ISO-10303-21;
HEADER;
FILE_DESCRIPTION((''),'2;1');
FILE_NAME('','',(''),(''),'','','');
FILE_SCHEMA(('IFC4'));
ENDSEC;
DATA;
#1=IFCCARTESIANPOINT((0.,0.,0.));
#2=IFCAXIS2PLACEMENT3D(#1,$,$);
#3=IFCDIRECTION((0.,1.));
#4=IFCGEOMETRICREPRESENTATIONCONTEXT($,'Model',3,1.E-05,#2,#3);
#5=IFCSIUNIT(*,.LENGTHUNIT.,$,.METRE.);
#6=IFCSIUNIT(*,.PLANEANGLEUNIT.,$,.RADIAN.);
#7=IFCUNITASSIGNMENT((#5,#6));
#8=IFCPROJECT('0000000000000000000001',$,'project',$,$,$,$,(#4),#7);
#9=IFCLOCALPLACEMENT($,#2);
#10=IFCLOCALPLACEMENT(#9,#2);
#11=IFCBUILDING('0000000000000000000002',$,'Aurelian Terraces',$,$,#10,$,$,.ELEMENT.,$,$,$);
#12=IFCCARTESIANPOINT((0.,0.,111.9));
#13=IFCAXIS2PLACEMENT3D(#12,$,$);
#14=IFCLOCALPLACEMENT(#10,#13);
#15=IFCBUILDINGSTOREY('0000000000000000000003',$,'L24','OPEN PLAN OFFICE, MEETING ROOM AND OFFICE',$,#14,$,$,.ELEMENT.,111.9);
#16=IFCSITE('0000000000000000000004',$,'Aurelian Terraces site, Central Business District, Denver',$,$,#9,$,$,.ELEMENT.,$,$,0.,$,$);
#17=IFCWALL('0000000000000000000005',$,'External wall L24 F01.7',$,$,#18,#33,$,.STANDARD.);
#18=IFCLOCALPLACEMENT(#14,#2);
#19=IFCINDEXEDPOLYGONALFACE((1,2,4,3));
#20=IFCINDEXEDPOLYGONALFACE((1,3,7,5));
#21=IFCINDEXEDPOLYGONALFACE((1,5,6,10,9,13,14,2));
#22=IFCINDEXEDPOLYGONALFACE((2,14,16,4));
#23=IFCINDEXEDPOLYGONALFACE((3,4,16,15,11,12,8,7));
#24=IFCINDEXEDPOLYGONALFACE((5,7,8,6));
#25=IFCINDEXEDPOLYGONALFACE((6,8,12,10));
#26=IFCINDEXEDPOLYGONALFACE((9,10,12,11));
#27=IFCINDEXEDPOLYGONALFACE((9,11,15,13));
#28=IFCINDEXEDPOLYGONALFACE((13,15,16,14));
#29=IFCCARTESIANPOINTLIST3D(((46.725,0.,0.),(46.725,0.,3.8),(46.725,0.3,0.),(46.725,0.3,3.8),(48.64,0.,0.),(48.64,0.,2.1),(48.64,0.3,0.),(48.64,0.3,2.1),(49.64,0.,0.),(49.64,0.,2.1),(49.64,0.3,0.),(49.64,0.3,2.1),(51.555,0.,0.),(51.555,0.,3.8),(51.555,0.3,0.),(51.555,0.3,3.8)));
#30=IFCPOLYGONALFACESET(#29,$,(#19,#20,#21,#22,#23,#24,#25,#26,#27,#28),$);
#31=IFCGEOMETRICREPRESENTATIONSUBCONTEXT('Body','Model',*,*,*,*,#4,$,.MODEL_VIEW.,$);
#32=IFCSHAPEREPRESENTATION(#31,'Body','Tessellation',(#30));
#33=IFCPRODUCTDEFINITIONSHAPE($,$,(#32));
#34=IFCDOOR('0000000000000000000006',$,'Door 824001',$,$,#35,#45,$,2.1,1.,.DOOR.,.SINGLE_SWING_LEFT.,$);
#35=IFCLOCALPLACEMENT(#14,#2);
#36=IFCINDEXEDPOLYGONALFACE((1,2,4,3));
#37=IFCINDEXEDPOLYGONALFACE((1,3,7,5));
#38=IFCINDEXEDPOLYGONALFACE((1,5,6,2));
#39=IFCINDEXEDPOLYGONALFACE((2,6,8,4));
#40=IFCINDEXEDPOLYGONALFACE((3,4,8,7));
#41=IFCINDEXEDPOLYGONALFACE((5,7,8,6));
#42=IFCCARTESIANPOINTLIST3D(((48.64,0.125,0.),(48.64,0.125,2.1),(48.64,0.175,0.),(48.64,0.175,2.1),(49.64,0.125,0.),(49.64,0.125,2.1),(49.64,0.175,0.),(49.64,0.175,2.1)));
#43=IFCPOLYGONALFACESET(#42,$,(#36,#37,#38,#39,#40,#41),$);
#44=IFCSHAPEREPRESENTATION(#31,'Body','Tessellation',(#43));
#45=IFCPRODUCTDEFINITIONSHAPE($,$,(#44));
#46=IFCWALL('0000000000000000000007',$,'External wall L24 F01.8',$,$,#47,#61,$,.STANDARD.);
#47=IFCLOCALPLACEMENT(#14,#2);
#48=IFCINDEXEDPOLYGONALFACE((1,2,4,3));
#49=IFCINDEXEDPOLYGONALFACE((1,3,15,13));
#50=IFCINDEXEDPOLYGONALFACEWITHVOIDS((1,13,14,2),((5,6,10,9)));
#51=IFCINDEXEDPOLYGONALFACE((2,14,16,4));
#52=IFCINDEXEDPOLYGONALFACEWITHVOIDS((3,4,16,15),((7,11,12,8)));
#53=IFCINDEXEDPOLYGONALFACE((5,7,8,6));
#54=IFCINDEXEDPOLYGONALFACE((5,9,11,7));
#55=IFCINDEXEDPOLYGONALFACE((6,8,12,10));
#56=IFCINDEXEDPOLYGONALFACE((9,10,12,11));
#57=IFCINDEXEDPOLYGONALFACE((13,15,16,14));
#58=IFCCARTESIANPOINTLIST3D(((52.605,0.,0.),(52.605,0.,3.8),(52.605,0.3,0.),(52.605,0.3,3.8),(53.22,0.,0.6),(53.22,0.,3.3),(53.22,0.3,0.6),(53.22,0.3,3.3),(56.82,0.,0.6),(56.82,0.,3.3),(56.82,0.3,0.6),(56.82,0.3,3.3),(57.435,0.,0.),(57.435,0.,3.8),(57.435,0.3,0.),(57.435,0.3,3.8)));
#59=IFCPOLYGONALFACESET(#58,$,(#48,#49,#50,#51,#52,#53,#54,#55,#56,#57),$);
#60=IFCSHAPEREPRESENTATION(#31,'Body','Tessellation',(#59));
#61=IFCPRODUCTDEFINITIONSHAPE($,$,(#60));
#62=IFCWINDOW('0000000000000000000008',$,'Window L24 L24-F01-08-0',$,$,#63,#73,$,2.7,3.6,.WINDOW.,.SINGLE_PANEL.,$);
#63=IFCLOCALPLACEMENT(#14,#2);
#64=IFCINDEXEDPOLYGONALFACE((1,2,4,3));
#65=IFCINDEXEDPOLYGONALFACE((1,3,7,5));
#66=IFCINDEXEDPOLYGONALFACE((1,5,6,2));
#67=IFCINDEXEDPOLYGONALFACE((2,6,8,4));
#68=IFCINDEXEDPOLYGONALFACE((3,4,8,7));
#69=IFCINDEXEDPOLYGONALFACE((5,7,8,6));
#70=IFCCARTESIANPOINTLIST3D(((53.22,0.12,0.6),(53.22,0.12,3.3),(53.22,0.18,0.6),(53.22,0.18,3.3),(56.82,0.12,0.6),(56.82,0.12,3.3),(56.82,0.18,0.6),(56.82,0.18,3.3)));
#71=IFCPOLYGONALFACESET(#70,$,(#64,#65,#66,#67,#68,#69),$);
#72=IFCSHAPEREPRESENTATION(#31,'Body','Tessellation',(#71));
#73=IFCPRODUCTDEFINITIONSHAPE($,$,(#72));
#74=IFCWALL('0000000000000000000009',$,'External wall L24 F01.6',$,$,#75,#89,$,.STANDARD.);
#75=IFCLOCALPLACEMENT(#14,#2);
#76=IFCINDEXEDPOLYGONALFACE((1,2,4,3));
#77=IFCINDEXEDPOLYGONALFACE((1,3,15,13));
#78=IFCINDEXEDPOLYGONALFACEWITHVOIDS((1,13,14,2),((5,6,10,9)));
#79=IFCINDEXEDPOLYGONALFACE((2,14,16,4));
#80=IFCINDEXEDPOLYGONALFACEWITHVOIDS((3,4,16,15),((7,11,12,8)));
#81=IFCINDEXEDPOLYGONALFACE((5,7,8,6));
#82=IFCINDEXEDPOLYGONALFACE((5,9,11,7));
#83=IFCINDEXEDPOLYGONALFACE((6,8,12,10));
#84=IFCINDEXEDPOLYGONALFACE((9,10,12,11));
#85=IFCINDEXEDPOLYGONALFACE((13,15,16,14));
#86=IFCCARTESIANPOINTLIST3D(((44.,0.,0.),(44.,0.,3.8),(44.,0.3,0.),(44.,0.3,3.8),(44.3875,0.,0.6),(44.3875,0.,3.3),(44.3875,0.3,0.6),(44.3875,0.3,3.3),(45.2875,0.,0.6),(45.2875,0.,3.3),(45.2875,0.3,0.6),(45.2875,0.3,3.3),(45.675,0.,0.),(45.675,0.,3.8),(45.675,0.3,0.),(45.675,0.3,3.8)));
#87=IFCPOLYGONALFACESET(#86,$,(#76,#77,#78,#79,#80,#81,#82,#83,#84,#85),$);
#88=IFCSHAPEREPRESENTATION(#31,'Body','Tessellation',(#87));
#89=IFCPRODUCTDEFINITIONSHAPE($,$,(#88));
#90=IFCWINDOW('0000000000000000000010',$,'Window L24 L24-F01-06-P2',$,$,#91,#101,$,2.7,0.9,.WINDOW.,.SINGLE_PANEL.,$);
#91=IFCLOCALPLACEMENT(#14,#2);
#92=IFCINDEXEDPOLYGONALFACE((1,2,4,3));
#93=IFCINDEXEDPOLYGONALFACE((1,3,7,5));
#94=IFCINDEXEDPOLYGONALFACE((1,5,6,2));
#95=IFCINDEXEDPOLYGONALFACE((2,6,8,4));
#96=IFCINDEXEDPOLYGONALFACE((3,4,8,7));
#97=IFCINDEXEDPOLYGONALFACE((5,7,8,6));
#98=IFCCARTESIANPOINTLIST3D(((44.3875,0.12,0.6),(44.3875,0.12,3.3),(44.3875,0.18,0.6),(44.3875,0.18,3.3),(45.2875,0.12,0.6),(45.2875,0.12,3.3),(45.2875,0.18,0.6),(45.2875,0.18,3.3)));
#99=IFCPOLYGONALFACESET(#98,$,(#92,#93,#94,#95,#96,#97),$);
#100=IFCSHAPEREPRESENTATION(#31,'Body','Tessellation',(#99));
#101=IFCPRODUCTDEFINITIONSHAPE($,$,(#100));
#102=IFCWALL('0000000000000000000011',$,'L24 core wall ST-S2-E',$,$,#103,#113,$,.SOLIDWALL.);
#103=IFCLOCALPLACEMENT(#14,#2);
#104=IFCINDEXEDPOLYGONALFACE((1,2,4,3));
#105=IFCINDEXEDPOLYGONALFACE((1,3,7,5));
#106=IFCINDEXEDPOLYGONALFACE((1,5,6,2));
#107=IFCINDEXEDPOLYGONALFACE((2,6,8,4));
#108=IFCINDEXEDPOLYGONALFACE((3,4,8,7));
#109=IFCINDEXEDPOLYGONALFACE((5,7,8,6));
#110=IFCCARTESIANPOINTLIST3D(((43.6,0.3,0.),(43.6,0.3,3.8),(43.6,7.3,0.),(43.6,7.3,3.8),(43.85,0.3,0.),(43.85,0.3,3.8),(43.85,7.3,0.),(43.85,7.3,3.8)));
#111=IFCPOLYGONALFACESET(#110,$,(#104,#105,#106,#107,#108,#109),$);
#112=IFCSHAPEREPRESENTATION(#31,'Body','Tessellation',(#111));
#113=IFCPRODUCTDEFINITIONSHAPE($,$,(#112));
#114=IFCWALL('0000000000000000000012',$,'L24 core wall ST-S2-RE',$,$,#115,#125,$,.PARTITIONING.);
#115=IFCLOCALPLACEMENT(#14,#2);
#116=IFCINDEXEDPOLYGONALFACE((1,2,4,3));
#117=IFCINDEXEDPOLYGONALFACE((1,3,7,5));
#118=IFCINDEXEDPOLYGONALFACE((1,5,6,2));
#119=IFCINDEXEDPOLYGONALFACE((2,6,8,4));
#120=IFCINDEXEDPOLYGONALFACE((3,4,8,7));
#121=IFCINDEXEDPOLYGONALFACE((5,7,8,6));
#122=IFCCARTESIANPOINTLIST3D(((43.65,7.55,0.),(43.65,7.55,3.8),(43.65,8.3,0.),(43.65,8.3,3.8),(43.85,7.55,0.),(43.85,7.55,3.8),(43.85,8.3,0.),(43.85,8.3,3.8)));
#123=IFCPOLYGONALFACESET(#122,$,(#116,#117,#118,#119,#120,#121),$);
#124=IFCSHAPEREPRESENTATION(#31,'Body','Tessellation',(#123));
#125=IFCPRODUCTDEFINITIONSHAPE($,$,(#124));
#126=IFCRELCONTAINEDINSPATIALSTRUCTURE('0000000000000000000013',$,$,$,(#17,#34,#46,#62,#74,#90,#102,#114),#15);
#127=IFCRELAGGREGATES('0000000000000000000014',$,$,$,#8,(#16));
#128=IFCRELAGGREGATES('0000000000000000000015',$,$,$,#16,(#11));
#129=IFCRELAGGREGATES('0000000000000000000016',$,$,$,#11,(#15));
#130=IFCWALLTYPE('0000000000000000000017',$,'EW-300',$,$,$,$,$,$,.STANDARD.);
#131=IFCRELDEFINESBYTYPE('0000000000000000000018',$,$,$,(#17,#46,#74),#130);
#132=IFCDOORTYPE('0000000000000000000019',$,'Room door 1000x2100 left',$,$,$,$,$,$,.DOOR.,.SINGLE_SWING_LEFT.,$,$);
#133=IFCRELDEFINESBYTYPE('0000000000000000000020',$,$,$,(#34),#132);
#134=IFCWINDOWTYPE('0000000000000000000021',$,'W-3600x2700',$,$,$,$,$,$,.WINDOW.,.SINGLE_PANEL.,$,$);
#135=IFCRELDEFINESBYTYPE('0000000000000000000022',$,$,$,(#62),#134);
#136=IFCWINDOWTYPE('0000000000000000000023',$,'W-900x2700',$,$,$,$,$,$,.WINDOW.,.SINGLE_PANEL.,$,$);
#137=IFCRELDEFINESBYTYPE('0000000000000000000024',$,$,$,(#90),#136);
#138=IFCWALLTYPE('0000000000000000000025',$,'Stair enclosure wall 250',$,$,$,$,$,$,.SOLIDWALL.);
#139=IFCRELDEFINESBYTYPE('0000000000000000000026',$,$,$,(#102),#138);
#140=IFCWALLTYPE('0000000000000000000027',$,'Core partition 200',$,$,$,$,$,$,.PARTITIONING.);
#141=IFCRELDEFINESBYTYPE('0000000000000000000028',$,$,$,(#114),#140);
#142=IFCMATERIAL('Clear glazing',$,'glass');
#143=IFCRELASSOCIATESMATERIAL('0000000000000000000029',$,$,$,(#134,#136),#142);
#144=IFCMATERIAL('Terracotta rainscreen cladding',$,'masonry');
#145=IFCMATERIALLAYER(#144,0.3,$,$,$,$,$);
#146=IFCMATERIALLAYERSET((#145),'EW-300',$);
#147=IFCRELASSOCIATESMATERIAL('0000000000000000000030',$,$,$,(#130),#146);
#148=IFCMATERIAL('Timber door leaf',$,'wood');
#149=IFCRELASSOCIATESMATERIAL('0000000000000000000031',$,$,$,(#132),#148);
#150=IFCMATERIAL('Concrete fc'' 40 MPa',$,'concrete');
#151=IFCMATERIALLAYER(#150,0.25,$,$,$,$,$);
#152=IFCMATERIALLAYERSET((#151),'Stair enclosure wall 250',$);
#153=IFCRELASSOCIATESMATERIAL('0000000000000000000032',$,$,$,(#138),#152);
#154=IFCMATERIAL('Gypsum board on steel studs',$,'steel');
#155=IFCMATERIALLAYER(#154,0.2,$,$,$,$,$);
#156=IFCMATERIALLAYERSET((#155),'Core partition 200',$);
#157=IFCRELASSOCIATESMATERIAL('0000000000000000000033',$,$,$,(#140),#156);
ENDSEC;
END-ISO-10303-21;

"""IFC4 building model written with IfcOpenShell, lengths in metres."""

from ifc_helpers import new_model, si_unit, direction, frame, frame_2d, origin, place, context, subcontext, project, spatial, rectangle, extrude, source, transform, mapped, material, layer, layer_set, type_object, element, fill, save


model = new_model("IFC4")

# Units and contexts
model_context = context("Model", 3, precision=1e-05, world=origin(), true_north=direction((0.0, 1.0)))
body_context = subcontext(model_context, "Body", "Model", "MODEL_VIEW")
ifc_project = project(units=[si_unit("LENGTHUNIT", "METRE"), si_unit("PLANEANGLEUNIT", "RADIAN")], contexts=[model_context])

# Site, building, storey
site_placement = place(None, origin())
site = spatial("IfcSite", under=ifc_project, at=site_placement, Name="Aurelian Terraces site, Central Business District, Denver", CompositionType="ELEMENT", RefElevation=0.0)
building_placement = place(site_placement, origin())
building = spatial("IfcBuilding", under=site, at=building_placement, Name="Aurelian Terraces", CompositionType="ELEMENT")
storey_placement = place(building_placement, frame((0.0, 0.0, 111.9)))
storey = spatial("IfcBuildingStorey", under=building, at=storey_placement, Name="L24", Description="OPEN PLAN OFFICE, MEETING ROOM AND OFFICE", CompositionType="ELEMENT", Elevation=111.9)

# Shared definitions
ifc_material_1 = material(Name="Concrete fc' 40 MPa", Category="concrete")
ifc_material_2 = material(Name="Clear glazing", Category="glass")
shared_shape_1 = source(origin(), body_context, "Body", "SweptSolid", [
    extrude(rectangle(XDim=3.6, YDim=2.7, at=frame_2d((1.8, 1.35))), frame((0.0, 0.16, 0.0), z_axis=(0.0, -1.0, 0.0), x_axis=(1.0, 0.0, 0.0)), (0.0, 0.0, 1.0), 0.32),
])
window_type_1 = type_object("IfcWindowType", Name="W-3600x2700", PartitioningType="SINGLE_PANEL", PredefinedType="WINDOW", material=ifc_material_2)
shared_shape_2 = source(origin(), body_context, "Body", "SweptSolid", [
    extrude(rectangle(XDim=3.6, YDim=2.7, at=frame_2d((1.8, 1.35))), frame((0.0, 0.03, 0.0), z_axis=(0.0, -1.0, 0.0), x_axis=(1.0, 0.0, 0.0)), (0.0, 0.0, 1.0), 0.06),
])

# Wall, opening, door
ifc_material_3 = material(Name="Terracotta rainscreen cladding", Category="masonry")
ifc_layer_1 = layer(ifc_material_3, 0.3)
ifc_layer_set_1 = layer_set([ifc_layer_1], Name="EW-300")
wall_type_1 = type_object("IfcWallType", Name="EW-300", PredefinedType="STANDARD", material=ifc_layer_set_1)
shared_shape_3 = source(origin(), body_context, "Body", "SweptSolid", [
    extrude(rectangle(XDim=4.83, YDim=0.3, at=frame_2d((2.415, 0.0))), origin(), (0.0, 0.0, 1.0), 3.8),
])
wall_1_placement = place(storey_placement, frame((46.725, 0.15, 0.0), z_axis=(0.0, 0.0, 1.0), x_axis=(1.0, 0.0, 0.0)))
wall_1 = element("IfcWall", 1, at=wall_1_placement, inside=storey, type_object=wall_type_1, Name="External wall L24 F01.7", PredefinedType="STANDARD", context=body_context, shape_type="MappedRepresentation", body=[
    mapped(shared_shape_3, transform((0.0, 0.0, 0.0), scale=1.0)),
])
shared_shape_4 = source(origin(), body_context, "Body", "SweptSolid", [
    extrude(rectangle(XDim=1.0, YDim=2.1, at=frame_2d((0.5, 1.05))), frame((0.0, 0.16, 0.0), z_axis=(0.0, -1.0, 0.0), x_axis=(1.0, 0.0, 0.0)), (0.0, 0.0, 1.0), 0.32),
])
opening_1_placement = place(wall_1_placement, frame((1.915, 0.0, 0.0)))
opening_1 = element("IfcOpeningElement", 2, at=opening_1_placement, cuts=wall_1, PredefinedType="OPENING", context=body_context, shape_type="MappedRepresentation", body=[
    mapped(shared_shape_4, transform((0.0, 0.0, 0.0), scale=1.0)),
])
ifc_material_4 = material(Name="Timber door leaf", Category="wood")
door_type_1 = type_object("IfcDoorType", Name="Room door 1000x2100 left", OperationType="SINGLE_SWING_LEFT", PredefinedType="DOOR", material=ifc_material_4)
shared_shape_5 = source(origin(), body_context, "Body", "SweptSolid", [
    extrude(rectangle(XDim=1.0, YDim=2.1, at=frame_2d((0.5, 1.05))), frame((0.0, 0.025, 0.0), z_axis=(0.0, -1.0, 0.0), x_axis=(1.0, 0.0, 0.0)), (0.0, 0.0, 1.0), 0.05),
])
door_1_placement = place(opening_1_placement, origin())
door_1 = element("IfcDoor", 3, at=door_1_placement, inside=storey, type_object=door_type_1, Name="Door 824001", OperationType="SINGLE_SWING_LEFT", OverallHeight=2.1, OverallWidth=1.0, PredefinedType="DOOR", context=body_context, shape_type="MappedRepresentation", body=[
    mapped(shared_shape_5, transform((0.0, 0.0, 0.0), scale=1.0)),
])
fill(opening_1, door_1)

# Walls, openings, windows
wall_2_placement = place(storey_placement, frame((52.605, 0.15, 0.0), z_axis=(0.0, 0.0, 1.0), x_axis=(1.0, 0.0, 0.0)))
wall_2 = element("IfcWall", 4, at=wall_2_placement, inside=storey, type_object=wall_type_1, Name="External wall L24 F01.8", PredefinedType="STANDARD", context=body_context, shape_type="MappedRepresentation", body=[
    mapped(shared_shape_3, transform((0.0, 0.0, 0.0), scale=1.0)),
])
opening_2_placement = place(wall_2_placement, frame((0.615, 0.0, 0.6)))
opening_2 = element("IfcOpeningElement", 5, at=opening_2_placement, cuts=wall_2, PredefinedType="OPENING", context=body_context, shape_type="MappedRepresentation", body=[
    mapped(shared_shape_1, transform((0.0, 0.0, 0.0), scale=1.0)),
])
window_1_placement = place(opening_2_placement, origin())
window_1 = element("IfcWindow", 6, at=window_1_placement, inside=storey, type_object=window_type_1, Name="Window L24 L24-F01-08-0", OverallHeight=2.7, OverallWidth=3.6, PartitioningType="SINGLE_PANEL", PredefinedType="WINDOW", context=body_context, shape_type="MappedRepresentation", body=[
    mapped(shared_shape_2, transform((0.0, 0.0, 0.0), scale=1.0)),
])
fill(opening_2, window_1)
shared_shape_6 = source(origin(), body_context, "Body", "SweptSolid", [
    extrude(rectangle(XDim=1.675, YDim=0.3, at=frame_2d((0.8375, 0.0))), origin(), (0.0, 0.0, 1.0), 3.8),
])
wall_3_placement = place(storey_placement, frame((44.0, 0.15, 0.0), z_axis=(0.0, 0.0, 1.0), x_axis=(1.0, 0.0, 0.0)))
wall_3 = element("IfcWall", 7, at=wall_3_placement, inside=storey, type_object=wall_type_1, Name="External wall L24 F01.6", PredefinedType="STANDARD", context=body_context, shape_type="MappedRepresentation", body=[
    mapped(shared_shape_6, transform((0.0, 0.0, 0.0), scale=1.0)),
])
shared_shape_7 = source(origin(), body_context, "Body", "SweptSolid", [
    extrude(rectangle(XDim=0.9, YDim=2.7, at=frame_2d((0.45, 1.35))), frame((0.0, 0.16, 0.0), z_axis=(0.0, -1.0, 0.0), x_axis=(1.0, 0.0, 0.0)), (0.0, 0.0, 1.0), 0.32),
])
opening_3_placement = place(wall_3_placement, frame((0.3875, 0.0, 0.6)))
opening_3 = element("IfcOpeningElement", 8, at=opening_3_placement, cuts=wall_3, PredefinedType="OPENING", context=body_context, shape_type="MappedRepresentation", body=[
    mapped(shared_shape_7, transform((0.0, 0.0, 0.0), scale=1.0)),
])
window_type_2 = type_object("IfcWindowType", Name="W-900x2700", PartitioningType="SINGLE_PANEL", PredefinedType="WINDOW", material=ifc_material_2)
shared_shape_8 = source(origin(), body_context, "Body", "SweptSolid", [
    extrude(rectangle(XDim=0.9, YDim=2.7, at=frame_2d((0.45, 1.35))), frame((0.0, 0.03, 0.0), z_axis=(0.0, -1.0, 0.0), x_axis=(1.0, 0.0, 0.0)), (0.0, 0.0, 1.0), 0.06),
])
window_2_placement = place(opening_3_placement, origin())
window_2 = element("IfcWindow", 9, at=window_2_placement, inside=storey, type_object=window_type_2, Name="Window L24 L24-F01-06-P2", OverallHeight=2.7, OverallWidth=0.9, PartitioningType="SINGLE_PANEL", PredefinedType="WINDOW", context=body_context, shape_type="MappedRepresentation", body=[
    mapped(shared_shape_8, transform((0.0, 0.0, 0.0), scale=1.0)),
])
fill(opening_3, window_2)

# Walls
ifc_layer_2 = layer(ifc_material_1, 0.25)
ifc_layer_set_2 = layer_set([ifc_layer_2], Name="Stair enclosure wall 250")
wall_type_2 = type_object("IfcWallType", Name="Stair enclosure wall 250", PredefinedType="SOLIDWALL", material=ifc_layer_set_2)
shared_shape_9 = source(origin(), body_context, "Body", "SweptSolid", [
    extrude(rectangle(XDim=7.0, YDim=0.25, at=frame_2d((3.5, 0.0))), origin(), (0.0, 0.0, 1.0), 3.8),
])
wall_4_placement = place(storey_placement, frame((43.725, 0.3, 0.0), z_axis=(0.0, 0.0, 1.0), x_axis=(0.0, 1.0, 0.0)))
element("IfcWall", 10, at=wall_4_placement, inside=storey, type_object=wall_type_2, Name="L24 core wall ST-S2-E", PredefinedType="SOLIDWALL", context=body_context, shape_type="MappedRepresentation", body=[
    mapped(shared_shape_9, transform((0.0, 0.0, 0.0), scale=1.0)),
])
ifc_material_5 = material(Name="Gypsum board on steel studs", Category="steel")
ifc_layer_3 = layer(ifc_material_5, 0.2)
ifc_layer_set_3 = layer_set([ifc_layer_3], Name="Core partition 200")
wall_type_3 = type_object("IfcWallType", Name="Core partition 200", PredefinedType="PARTITIONING", material=ifc_layer_set_3)
shared_shape_10 = source(origin(), body_context, "Body", "SweptSolid", [
    extrude(rectangle(XDim=0.75, YDim=0.2, at=frame_2d((0.375, 0.0))), origin(), (0.0, 0.0, 1.0), 3.8),
])
wall_5_placement = place(storey_placement, frame((43.75, 7.55, 0.0), z_axis=(0.0, 0.0, 1.0), x_axis=(0.0, 1.0, 0.0)))
element("IfcWall", 11, at=wall_5_placement, inside=storey, type_object=wall_type_3, Name="L24 core wall ST-S2-RE", PredefinedType="PARTITIONING", context=body_context, shape_type="MappedRepresentation", body=[
    mapped(shared_shape_10, transform((0.0, 0.0, 0.0), scale=1.0)),
])

save(model, "model.ifc")
